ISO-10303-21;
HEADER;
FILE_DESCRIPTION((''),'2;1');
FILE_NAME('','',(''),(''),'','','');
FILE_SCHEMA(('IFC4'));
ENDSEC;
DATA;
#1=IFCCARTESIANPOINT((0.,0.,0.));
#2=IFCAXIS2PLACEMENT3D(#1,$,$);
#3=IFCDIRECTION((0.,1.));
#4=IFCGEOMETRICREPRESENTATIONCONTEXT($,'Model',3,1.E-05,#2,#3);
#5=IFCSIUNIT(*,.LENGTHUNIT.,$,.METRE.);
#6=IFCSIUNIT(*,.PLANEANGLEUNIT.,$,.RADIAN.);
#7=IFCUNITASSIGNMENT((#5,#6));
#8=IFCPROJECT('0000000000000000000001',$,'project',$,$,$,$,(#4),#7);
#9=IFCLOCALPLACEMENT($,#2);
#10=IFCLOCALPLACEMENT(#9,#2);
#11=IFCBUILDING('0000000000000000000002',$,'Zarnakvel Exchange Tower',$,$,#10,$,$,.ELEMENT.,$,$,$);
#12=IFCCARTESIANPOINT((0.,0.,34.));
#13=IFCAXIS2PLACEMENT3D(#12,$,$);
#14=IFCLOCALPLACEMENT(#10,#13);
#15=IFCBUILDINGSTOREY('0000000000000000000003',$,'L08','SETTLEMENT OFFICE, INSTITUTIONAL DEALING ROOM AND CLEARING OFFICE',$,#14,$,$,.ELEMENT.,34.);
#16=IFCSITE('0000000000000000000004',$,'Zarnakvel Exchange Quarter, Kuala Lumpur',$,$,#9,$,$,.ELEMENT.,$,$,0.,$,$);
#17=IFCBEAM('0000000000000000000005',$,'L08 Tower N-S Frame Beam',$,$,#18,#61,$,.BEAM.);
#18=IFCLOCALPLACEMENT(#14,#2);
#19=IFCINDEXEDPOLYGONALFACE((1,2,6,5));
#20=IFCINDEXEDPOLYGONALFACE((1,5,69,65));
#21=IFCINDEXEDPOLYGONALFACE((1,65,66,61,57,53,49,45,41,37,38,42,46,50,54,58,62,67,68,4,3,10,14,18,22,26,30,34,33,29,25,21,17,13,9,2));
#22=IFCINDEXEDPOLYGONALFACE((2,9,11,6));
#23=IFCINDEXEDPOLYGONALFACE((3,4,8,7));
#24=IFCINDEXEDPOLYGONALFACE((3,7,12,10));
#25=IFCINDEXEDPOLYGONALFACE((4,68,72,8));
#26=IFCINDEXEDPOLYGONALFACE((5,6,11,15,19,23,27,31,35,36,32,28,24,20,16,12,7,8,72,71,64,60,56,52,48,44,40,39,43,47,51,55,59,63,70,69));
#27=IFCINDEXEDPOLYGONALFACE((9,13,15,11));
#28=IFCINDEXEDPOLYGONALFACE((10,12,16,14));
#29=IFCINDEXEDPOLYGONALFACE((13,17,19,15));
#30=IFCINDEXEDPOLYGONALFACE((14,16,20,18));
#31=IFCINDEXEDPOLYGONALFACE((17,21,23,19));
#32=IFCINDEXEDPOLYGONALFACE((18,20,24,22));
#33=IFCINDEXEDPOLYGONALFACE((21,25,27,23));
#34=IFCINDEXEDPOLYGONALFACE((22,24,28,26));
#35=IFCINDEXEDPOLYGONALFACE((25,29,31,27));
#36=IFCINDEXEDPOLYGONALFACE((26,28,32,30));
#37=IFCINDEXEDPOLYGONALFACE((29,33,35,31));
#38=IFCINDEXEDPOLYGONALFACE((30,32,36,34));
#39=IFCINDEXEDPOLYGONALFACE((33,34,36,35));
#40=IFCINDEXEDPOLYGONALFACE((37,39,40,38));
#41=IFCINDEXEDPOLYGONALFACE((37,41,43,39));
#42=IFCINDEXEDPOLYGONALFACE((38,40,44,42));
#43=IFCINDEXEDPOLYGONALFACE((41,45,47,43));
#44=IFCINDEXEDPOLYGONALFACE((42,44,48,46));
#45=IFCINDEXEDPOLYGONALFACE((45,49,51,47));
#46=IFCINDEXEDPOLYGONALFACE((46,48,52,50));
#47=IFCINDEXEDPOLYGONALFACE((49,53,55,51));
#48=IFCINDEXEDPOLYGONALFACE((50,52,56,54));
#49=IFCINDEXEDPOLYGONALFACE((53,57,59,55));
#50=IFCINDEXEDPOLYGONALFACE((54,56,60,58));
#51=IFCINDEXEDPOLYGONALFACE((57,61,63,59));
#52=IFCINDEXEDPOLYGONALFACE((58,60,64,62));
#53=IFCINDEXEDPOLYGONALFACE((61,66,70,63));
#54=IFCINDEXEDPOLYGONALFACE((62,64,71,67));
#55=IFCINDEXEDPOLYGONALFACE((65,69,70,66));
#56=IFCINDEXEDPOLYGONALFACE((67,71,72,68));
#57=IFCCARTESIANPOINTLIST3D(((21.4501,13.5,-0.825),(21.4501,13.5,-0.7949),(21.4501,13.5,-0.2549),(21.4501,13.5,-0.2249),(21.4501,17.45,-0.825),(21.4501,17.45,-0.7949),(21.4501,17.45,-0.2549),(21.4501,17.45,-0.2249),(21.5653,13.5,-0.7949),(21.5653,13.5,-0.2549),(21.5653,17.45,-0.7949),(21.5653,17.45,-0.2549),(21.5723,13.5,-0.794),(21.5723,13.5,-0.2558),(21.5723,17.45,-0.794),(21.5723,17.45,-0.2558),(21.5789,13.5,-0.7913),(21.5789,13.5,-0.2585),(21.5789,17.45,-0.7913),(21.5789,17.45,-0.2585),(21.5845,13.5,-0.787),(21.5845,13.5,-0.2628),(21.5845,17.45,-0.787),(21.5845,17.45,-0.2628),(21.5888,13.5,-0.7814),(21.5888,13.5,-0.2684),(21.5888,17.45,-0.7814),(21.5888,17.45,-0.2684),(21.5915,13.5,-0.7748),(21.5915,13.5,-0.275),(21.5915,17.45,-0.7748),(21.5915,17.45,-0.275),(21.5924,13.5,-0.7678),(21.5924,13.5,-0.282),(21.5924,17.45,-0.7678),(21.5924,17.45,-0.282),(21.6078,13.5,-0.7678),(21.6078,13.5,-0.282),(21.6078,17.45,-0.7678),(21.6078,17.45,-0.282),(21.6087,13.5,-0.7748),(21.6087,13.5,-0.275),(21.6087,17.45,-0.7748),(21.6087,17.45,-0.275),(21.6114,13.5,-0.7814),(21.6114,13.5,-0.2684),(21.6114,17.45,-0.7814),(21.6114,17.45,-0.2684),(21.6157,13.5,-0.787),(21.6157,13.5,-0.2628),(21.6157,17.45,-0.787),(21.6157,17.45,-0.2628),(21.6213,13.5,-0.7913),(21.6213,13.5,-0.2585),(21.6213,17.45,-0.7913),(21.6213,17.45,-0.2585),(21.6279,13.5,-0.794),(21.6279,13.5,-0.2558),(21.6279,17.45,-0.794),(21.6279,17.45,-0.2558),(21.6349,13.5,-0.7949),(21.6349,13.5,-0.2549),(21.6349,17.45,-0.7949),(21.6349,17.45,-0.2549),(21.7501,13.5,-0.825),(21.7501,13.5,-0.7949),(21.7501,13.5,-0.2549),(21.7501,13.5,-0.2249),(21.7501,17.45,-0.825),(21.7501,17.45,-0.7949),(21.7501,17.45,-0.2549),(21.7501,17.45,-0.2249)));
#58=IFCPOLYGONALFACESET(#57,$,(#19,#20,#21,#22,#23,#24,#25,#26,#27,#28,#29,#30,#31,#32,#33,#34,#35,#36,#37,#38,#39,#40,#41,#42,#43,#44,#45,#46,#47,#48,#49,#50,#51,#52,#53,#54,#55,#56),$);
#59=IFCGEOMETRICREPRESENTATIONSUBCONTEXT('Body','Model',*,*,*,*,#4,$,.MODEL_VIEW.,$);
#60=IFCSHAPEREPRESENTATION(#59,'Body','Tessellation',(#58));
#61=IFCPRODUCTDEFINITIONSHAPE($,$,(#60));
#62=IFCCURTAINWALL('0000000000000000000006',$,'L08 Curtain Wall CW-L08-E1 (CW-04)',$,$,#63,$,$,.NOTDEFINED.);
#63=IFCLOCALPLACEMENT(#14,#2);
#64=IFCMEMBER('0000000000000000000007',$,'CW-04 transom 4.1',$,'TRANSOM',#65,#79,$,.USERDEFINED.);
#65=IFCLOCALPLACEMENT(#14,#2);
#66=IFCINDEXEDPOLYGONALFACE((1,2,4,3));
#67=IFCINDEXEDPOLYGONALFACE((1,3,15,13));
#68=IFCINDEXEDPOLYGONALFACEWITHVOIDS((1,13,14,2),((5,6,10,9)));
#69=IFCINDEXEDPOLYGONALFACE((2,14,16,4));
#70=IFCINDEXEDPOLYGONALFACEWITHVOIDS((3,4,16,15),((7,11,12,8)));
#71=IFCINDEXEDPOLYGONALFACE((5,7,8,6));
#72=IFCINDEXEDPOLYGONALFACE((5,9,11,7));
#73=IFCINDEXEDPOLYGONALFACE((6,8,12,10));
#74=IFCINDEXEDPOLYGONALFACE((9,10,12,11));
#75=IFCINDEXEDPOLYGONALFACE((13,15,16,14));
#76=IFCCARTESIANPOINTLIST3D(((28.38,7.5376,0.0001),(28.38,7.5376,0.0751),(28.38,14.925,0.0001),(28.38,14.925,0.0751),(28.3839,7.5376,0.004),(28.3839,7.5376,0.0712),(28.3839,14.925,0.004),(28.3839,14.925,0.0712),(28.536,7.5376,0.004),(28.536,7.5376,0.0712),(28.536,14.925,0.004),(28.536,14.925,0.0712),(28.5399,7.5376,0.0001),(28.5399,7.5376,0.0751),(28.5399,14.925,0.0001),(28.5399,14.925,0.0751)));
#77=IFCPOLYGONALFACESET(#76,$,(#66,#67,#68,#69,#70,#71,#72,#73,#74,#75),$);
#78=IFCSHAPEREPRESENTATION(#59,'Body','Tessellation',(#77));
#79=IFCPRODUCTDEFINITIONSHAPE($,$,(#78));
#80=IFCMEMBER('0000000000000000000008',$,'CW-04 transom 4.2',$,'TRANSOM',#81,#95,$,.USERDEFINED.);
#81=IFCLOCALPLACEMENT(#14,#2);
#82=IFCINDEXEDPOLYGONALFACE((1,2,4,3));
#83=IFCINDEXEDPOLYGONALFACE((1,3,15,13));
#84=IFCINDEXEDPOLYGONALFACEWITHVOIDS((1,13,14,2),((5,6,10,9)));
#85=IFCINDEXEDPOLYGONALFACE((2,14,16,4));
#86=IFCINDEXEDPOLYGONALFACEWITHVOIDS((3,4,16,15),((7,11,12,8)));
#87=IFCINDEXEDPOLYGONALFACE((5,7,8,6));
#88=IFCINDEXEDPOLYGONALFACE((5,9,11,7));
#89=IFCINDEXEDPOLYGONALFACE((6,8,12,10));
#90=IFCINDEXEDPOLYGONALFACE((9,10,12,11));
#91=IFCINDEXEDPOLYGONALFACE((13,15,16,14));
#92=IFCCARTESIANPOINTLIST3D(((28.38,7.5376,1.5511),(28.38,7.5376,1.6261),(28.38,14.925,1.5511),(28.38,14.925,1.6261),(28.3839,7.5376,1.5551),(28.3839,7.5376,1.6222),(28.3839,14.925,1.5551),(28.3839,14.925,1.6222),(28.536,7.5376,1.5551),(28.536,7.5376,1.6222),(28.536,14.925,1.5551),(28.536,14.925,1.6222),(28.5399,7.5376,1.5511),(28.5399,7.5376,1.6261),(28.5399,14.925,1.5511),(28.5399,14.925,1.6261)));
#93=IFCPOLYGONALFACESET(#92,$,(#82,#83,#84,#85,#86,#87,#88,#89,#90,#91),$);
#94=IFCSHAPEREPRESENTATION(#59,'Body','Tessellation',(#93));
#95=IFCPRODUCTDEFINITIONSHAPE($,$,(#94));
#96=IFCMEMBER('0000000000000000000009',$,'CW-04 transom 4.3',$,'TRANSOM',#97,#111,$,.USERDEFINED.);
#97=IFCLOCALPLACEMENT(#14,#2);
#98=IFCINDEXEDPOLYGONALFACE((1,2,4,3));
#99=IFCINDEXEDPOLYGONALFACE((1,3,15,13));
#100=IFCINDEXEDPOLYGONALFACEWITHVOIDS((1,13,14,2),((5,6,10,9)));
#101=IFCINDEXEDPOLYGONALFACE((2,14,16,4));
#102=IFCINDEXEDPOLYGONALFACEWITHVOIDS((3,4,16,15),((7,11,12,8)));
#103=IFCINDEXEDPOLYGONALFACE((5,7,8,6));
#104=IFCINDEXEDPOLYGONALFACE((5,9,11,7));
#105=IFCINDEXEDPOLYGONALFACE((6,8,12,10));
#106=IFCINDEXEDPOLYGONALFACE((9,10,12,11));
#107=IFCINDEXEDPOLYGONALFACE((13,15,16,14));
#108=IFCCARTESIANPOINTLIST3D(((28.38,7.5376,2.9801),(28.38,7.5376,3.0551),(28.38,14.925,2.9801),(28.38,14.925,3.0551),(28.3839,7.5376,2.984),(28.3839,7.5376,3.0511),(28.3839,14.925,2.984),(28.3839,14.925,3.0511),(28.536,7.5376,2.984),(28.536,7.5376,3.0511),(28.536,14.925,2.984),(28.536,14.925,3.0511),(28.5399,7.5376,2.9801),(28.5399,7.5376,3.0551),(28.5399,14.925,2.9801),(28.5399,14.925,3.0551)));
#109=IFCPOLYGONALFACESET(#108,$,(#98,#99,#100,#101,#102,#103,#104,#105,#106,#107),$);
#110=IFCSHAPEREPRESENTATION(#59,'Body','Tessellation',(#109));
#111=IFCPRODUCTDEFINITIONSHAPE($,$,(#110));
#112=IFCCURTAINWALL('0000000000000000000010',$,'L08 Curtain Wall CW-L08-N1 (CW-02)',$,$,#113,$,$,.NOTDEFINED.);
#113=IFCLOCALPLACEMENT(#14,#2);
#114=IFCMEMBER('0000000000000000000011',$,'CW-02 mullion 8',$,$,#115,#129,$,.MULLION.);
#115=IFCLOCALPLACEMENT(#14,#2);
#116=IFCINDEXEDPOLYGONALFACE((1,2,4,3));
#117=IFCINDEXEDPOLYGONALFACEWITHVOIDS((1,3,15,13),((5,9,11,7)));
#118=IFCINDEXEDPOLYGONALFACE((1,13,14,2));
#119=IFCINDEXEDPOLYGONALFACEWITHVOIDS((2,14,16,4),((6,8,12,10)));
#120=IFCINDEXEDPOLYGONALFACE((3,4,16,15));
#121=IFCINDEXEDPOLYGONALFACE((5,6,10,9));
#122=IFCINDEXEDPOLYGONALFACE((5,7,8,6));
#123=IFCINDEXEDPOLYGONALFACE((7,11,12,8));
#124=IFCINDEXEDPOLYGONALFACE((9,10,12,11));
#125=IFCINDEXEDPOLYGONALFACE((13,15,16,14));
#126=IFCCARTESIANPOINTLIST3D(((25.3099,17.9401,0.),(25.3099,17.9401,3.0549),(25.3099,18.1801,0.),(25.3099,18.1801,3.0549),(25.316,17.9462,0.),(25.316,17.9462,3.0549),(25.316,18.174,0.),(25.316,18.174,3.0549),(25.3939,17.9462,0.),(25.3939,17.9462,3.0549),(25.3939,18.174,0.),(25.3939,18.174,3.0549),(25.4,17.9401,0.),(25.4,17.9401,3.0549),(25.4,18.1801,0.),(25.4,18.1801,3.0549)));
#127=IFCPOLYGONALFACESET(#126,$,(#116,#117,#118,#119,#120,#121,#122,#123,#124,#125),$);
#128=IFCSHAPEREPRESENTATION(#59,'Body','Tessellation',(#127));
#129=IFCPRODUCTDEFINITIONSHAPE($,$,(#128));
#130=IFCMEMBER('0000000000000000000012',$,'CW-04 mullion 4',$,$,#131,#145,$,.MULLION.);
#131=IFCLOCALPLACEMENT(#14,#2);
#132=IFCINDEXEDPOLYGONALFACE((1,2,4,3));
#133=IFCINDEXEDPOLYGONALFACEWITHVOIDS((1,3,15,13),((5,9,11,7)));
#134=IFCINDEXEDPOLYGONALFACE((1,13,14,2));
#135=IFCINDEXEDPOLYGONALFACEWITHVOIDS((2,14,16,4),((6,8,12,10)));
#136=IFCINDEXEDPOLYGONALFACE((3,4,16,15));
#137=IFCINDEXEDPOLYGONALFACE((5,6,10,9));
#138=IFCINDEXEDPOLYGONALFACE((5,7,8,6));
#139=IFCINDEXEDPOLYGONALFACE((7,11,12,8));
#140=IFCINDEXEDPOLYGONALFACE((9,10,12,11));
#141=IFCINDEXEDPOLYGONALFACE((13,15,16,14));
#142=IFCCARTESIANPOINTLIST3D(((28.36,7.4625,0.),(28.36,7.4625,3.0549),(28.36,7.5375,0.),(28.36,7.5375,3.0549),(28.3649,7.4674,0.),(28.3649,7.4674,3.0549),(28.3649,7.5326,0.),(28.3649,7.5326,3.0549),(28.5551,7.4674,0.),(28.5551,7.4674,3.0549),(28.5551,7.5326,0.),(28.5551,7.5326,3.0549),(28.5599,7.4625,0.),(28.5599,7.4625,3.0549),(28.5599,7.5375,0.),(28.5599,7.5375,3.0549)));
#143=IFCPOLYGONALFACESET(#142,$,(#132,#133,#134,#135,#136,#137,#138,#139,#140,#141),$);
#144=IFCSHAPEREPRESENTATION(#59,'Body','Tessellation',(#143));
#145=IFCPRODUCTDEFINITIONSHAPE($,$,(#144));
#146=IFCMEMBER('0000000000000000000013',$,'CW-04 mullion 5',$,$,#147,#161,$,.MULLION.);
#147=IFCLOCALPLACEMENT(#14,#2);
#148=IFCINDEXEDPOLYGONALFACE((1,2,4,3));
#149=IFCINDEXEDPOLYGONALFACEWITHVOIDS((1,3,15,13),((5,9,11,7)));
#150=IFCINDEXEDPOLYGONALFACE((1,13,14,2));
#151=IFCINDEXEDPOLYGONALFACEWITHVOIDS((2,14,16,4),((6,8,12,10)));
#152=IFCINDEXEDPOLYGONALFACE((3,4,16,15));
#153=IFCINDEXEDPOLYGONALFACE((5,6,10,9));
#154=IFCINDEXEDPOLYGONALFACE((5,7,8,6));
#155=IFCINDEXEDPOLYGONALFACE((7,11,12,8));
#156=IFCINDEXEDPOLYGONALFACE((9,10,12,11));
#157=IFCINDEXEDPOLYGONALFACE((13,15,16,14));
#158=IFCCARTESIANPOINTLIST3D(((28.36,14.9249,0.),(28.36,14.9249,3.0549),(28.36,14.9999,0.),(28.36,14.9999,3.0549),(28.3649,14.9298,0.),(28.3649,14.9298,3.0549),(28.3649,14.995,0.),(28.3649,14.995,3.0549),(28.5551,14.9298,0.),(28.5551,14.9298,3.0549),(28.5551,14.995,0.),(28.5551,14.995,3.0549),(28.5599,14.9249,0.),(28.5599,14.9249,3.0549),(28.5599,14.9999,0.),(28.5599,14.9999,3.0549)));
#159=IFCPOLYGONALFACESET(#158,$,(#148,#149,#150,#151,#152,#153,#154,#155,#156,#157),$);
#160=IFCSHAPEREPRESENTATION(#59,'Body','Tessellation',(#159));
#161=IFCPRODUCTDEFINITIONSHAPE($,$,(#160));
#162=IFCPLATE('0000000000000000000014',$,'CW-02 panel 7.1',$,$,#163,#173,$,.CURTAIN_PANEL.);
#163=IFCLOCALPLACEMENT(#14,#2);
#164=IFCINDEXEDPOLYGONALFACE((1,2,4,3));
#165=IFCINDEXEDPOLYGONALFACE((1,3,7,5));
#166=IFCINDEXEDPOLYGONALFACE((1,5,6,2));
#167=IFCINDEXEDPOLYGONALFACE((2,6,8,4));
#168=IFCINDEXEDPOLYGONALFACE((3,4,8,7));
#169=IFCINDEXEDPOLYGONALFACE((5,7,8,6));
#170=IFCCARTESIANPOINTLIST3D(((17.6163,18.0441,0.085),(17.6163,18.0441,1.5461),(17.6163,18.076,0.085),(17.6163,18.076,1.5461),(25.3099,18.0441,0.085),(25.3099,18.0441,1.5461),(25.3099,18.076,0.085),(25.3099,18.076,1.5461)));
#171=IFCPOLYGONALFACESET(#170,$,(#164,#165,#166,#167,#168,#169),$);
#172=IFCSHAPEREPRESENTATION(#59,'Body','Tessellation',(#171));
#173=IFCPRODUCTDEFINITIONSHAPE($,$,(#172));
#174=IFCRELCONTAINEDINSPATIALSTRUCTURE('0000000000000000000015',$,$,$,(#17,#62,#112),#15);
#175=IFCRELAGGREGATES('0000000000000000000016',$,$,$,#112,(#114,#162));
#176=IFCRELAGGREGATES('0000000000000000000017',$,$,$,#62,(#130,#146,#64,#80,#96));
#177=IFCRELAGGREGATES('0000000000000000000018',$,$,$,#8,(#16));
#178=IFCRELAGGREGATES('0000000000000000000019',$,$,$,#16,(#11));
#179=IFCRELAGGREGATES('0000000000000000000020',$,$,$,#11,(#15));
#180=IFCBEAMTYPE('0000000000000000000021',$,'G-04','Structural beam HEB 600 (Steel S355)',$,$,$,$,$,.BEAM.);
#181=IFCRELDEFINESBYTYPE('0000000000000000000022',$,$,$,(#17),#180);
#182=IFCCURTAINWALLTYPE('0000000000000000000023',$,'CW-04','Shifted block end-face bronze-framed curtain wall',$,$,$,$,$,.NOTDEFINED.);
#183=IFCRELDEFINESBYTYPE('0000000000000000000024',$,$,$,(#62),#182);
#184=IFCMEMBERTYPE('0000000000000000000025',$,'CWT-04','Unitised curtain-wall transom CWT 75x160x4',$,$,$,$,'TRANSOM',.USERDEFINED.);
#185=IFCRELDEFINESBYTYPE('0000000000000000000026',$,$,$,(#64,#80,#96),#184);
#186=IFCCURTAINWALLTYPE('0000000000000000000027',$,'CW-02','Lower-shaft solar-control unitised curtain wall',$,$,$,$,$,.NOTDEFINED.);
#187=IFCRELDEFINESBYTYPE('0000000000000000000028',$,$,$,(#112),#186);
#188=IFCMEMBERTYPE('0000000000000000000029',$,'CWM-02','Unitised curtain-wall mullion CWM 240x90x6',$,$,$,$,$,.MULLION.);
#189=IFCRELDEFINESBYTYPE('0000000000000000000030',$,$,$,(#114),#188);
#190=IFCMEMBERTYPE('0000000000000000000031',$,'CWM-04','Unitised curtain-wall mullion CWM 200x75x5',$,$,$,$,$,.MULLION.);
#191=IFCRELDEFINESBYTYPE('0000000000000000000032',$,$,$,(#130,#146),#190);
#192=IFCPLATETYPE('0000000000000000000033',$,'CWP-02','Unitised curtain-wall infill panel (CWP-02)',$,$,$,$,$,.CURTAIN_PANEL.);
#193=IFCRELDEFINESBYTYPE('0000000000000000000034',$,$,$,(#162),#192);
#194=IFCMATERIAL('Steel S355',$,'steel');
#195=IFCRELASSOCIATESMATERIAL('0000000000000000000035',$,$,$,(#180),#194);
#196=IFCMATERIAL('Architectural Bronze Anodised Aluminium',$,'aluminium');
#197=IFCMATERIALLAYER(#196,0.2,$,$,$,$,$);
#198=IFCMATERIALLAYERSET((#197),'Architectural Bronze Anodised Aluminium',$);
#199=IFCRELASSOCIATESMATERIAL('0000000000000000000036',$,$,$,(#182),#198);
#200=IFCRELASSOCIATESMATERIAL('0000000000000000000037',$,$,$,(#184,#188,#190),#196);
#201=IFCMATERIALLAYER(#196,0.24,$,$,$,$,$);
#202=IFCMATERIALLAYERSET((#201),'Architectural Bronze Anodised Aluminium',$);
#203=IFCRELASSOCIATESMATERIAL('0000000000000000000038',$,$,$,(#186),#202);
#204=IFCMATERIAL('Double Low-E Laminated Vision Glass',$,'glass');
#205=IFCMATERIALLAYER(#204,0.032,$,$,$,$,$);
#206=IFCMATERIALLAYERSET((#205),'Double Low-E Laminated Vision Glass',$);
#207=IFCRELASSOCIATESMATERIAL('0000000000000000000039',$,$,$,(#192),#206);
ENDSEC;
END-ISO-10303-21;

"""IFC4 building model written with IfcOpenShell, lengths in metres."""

from ifc_helpers import new_model, si_unit, direction, frame, origin, origin_2d, place, context, subcontext, project, spatial, rectangle, hollow_rectangle, i_section, extrude, source, transform, mapped, material, layer, layer_set, material_profile, profile_set, type_object, element, aggregate, save


model = new_model("IFC4")

# Units and contexts
model_context = context("Model", 3, precision=1e-05, world=origin(), true_north=direction((0.0, 1.0)))
body_context = subcontext(model_context, "Body", "Model", "MODEL_VIEW")
ifc_project = project(units=[si_unit("LENGTHUNIT", "METRE"), si_unit("PLANEANGLEUNIT", "RADIAN")], contexts=[model_context])

# Site, building, storey
site_placement = place(None, origin())
site = spatial("IfcSite", under=ifc_project, at=site_placement, Name="Zarnakvel Exchange Quarter, Kuala Lumpur", CompositionType="ELEMENT", RefElevation=0.0)
building_placement = place(site_placement, origin())
building = spatial("IfcBuilding", under=site, at=building_placement, Name="Zarnakvel Exchange Tower", CompositionType="ELEMENT")
storey_placement = place(building_placement, frame((0.0, 0.0, 34.0)))
storey = spatial("IfcBuildingStorey", under=building, at=storey_placement, Name="L08", Description="SETTLEMENT OFFICE, INSTITUTIONAL DEALING ROOM AND CLEARING OFFICE", CompositionType="ELEMENT", Elevation=34.0)

# Shared definitions
ifc_material_1 = material(Name="Steel S355", Category="steel")

# Beam
ifc_material_profile_1 = material_profile(ifc_material_1, i_section(OverallWidth=0.3, OverallDepth=0.6001, WebThickness=0.0154, FlangeThickness=0.03, FilletRadius=0.0271, at=origin_2d()))
ifc_profile_set_1 = profile_set([ifc_material_profile_1], Name="Steel S355")
beam_type = type_object("IfcBeamType", Name="G-04", Description="Structural beam HEB 600 (Steel S355)", PredefinedType="BEAM", material=ifc_profile_set_1)
beam_1_placement = place(storey_placement, frame((21.6001, 13.5, -0.5249), z_axis=(0.0, 1.0, 0.0), x_axis=(-1.0, 0.0, 0.0)))
element("IfcBeam", 1, at=beam_1_placement, inside=storey, type_object=beam_type, Name="L08 Tower N-S Frame Beam", PredefinedType="BEAM", context=body_context, shape_type="SweptSolid", body=[
    extrude(i_section(OverallWidth=0.3, OverallDepth=0.6001, WebThickness=0.0154, FlangeThickness=0.03, FilletRadius=0.0271, at=origin_2d()), origin(), (0.0, 0.0, 1.0), 3.95),
])

# Curtain wall, members
ifc_material_2 = material(Name="Architectural Bronze Anodised Aluminium", Category="aluminium")
ifc_layer_1 = layer(ifc_material_2, 0.2)
ifc_layer_set_1 = layer_set([ifc_layer_1], Name="Architectural Bronze Anodised Aluminium")
curtain_wall_type_1 = type_object("IfcCurtainWallType", Name="CW-04", Description="Shifted block end-face bronze-framed curtain wall", PredefinedType="NOTDEFINED", material=ifc_layer_set_1)
curtain_wall_1_placement = place(storey_placement, origin())
curtain_wall_1 = element("IfcCurtainWall", 2, at=curtain_wall_1_placement, inside=storey, type_object=curtain_wall_type_1, Name="L08 Curtain Wall CW-L08-E1 (CW-04)", PredefinedType="NOTDEFINED")
ifc_material_profile_2 = material_profile(ifc_material_2, hollow_rectangle(XDim=0.1599, YDim=0.075, WallThickness=0.0039, at=origin_2d()))
ifc_profile_set_2 = profile_set([ifc_material_profile_2], Name="Architectural Bronze Anodised Aluminium")
member_type_1 = type_object("IfcMemberType", Name="CWT-04", Description="Unitised curtain-wall transom CWT 75x160x4", ElementType="TRANSOM", PredefinedType="USERDEFINED", material=ifc_profile_set_2)
shared_shape_1 = source(origin(), body_context, "Body", "SweptSolid", [
    extrude(hollow_rectangle(XDim=0.1599, YDim=0.075, WallThickness=0.0039, at=origin_2d()), origin(), (0.0, 0.0, 1.0), 7.3875),
])
member_1_placement = place(storey_placement, frame((28.46, 7.5376, 0.0376), z_axis=(0.0, 1.0, 0.0), x_axis=(-1.0, 0.0, 0.0)))
member_1 = element("IfcMember", 3, at=member_1_placement, type_object=member_type_1, Name="CW-04 transom 4.1", ObjectType="TRANSOM", PredefinedType="USERDEFINED", context=body_context, shape_type="MappedRepresentation", body=[
    mapped(shared_shape_1, transform((0.0, 0.0, 0.0), x_axis=(1.0, 0.0, 0.0), y_axis=(0.0, 1.0, 0.0), z_axis=(0.0, 0.0, 1.0), scale=1.0)),
])
member_2_placement = place(storey_placement, frame((28.46, 7.5376, 1.5886), z_axis=(0.0, 1.0, 0.0), x_axis=(-1.0, 0.0, 0.0)))
member_2 = element("IfcMember", 4, at=member_2_placement, type_object=member_type_1, Name="CW-04 transom 4.2", ObjectType="TRANSOM", PredefinedType="USERDEFINED", context=body_context, shape_type="MappedRepresentation", body=[
    mapped(shared_shape_1, transform((0.0, 0.0, 0.0), x_axis=(1.0, 0.0, 0.0), y_axis=(0.0, 1.0, 0.0), z_axis=(0.0, 0.0, 1.0), scale=1.0)),
])
member_3_placement = place(storey_placement, frame((28.46, 7.5376, 3.0176), z_axis=(0.0, 1.0, 0.0), x_axis=(-1.0, 0.0, 0.0)))
member_3 = element("IfcMember", 5, at=member_3_placement, type_object=member_type_1, Name="CW-04 transom 4.3", ObjectType="TRANSOM", PredefinedType="USERDEFINED", context=body_context, shape_type="MappedRepresentation", body=[
    mapped(shared_shape_1, transform((0.0, 0.0, 0.0), x_axis=(1.0, 0.0, 0.0), y_axis=(0.0, 1.0, 0.0), z_axis=(0.0, 0.0, 1.0), scale=1.0)),
])

# Curtain wall, member
ifc_layer_2 = layer(ifc_material_2, 0.24)
ifc_layer_set_2 = layer_set([ifc_layer_2], Name="Architectural Bronze Anodised Aluminium")
curtain_wall_type_2 = type_object("IfcCurtainWallType", Name="CW-02", Description="Lower-shaft solar-control unitised curtain wall", PredefinedType="NOTDEFINED", material=ifc_layer_set_2)
curtain_wall_2_placement = place(storey_placement, origin())
curtain_wall_2 = element("IfcCurtainWall", 6, at=curtain_wall_2_placement, inside=storey, type_object=curtain_wall_type_2, Name="L08 Curtain Wall CW-L08-N1 (CW-02)", PredefinedType="NOTDEFINED")
ifc_material_profile_3 = material_profile(ifc_material_2, hollow_rectangle(XDim=0.24, YDim=0.0901, WallThickness=0.0061, at=origin_2d()))
ifc_profile_set_3 = profile_set([ifc_material_profile_3], Name="Architectural Bronze Anodised Aluminium")
member_type_2 = type_object("IfcMemberType", Name="CWM-02", Description="Unitised curtain-wall mullion CWM 240x90x6", PredefinedType="MULLION", material=ifc_profile_set_3)
shared_shape_2 = source(origin(), body_context, "Body", "SweptSolid", [
    extrude(hollow_rectangle(XDim=0.24, YDim=0.0901, WallThickness=0.0061, at=origin_2d()), origin(), (0.0, 0.0, 1.0), 3.0549),
])
member_4_placement = place(storey_placement, frame((25.355, 18.0601, 0.0), z_axis=(0.0, 0.0, 1.0), x_axis=(0.0, 1.0, 0.0)))
member_4 = element("IfcMember", 7, at=member_4_placement, type_object=member_type_2, Name="CW-02 mullion 8", PredefinedType="MULLION", context=body_context, shape_type="MappedRepresentation", body=[
    mapped(shared_shape_2, transform((0.0, 0.0, 0.0), x_axis=(1.0, 0.0, 0.0), y_axis=(0.0, 1.0, 0.0), z_axis=(0.0, 0.0, 1.0), scale=1.0)),
])

# Members
ifc_material_profile_4 = material_profile(ifc_material_2, hollow_rectangle(XDim=0.2, YDim=0.075, WallThickness=0.0049, at=origin_2d()))
ifc_profile_set_4 = profile_set([ifc_material_profile_4], Name="Architectural Bronze Anodised Aluminium")
member_type_3 = type_object("IfcMemberType", Name="CWM-04", Description="Unitised curtain-wall mullion CWM 200x75x5", PredefinedType="MULLION", material=ifc_profile_set_4)
shared_shape_3 = source(origin(), body_context, "Body", "SweptSolid", [
    extrude(hollow_rectangle(XDim=0.2, YDim=0.075, WallThickness=0.0049, at=origin_2d()), origin(), (0.0, 0.0, 1.0), 3.0549),
])
member_5_placement = place(storey_placement, frame((28.46, 7.5, 0.0), z_axis=(0.0, 0.0, 1.0), x_axis=(-1.0, 0.0, 0.0)))
member_5 = element("IfcMember", 8, at=member_5_placement, type_object=member_type_3, Name="CW-04 mullion 4", PredefinedType="MULLION", context=body_context, shape_type="MappedRepresentation", body=[
    mapped(shared_shape_3, transform((0.0, 0.0, 0.0), x_axis=(1.0, 0.0, 0.0), y_axis=(0.0, 1.0, 0.0), z_axis=(0.0, 0.0, 1.0), scale=1.0)),
])
member_6_placement = place(storey_placement, frame((28.46, 14.9624, 0.0), z_axis=(0.0, 0.0, 1.0), x_axis=(-1.0, 0.0, 0.0)))
member_6 = element("IfcMember", 9, at=member_6_placement, type_object=member_type_3, Name="CW-04 mullion 5", PredefinedType="MULLION", context=body_context, shape_type="MappedRepresentation", body=[
    mapped(shared_shape_3, transform((0.0, 0.0, 0.0), x_axis=(1.0, 0.0, 0.0), y_axis=(0.0, 1.0, 0.0), z_axis=(0.0, 0.0, 1.0), scale=1.0)),
])

# Plate
ifc_material_3 = material(Name="Double Low-E Laminated Vision Glass", Category="glass")
ifc_layer_3 = layer(ifc_material_3, 0.032)
ifc_layer_set_3 = layer_set([ifc_layer_3], Name="Double Low-E Laminated Vision Glass")
plate_type_1 = type_object("IfcPlateType", Name="CWP-02", Description="Unitised curtain-wall infill panel (CWP-02)", PredefinedType="CURTAIN_PANEL", material=ifc_layer_set_3)
shared_shape_4 = source(origin(), body_context, "Body", "SweptSolid", [
    extrude(rectangle(XDim=7.6936, YDim=0.032, at=origin_2d()), origin(), (0.0, 0.0, 1.0), 1.4612),
])
plate_1_placement = place(storey_placement, frame((21.4631, 18.0601, 0.085), z_axis=(0.0, 0.0, 1.0), x_axis=(1.0, 0.0, 0.0)))
plate_1 = element("IfcPlate", 10, at=plate_1_placement, type_object=plate_type_1, Name="CW-02 panel 7.1", PredefinedType="CURTAIN_PANEL", context=body_context, shape_type="MappedRepresentation", body=[
    mapped(shared_shape_4, transform((0.0, 0.0, 0.0), x_axis=(1.0, 0.0, 0.0), y_axis=(0.0, 1.0, 0.0), z_axis=(0.0, 0.0, 1.0), scale=1.0)),
])
aggregate(curtain_wall_2, [member_4, plate_1])
aggregate(curtain_wall_1, [member_5, member_6, member_1, member_2, member_3])

save(model, "model.ifc")
